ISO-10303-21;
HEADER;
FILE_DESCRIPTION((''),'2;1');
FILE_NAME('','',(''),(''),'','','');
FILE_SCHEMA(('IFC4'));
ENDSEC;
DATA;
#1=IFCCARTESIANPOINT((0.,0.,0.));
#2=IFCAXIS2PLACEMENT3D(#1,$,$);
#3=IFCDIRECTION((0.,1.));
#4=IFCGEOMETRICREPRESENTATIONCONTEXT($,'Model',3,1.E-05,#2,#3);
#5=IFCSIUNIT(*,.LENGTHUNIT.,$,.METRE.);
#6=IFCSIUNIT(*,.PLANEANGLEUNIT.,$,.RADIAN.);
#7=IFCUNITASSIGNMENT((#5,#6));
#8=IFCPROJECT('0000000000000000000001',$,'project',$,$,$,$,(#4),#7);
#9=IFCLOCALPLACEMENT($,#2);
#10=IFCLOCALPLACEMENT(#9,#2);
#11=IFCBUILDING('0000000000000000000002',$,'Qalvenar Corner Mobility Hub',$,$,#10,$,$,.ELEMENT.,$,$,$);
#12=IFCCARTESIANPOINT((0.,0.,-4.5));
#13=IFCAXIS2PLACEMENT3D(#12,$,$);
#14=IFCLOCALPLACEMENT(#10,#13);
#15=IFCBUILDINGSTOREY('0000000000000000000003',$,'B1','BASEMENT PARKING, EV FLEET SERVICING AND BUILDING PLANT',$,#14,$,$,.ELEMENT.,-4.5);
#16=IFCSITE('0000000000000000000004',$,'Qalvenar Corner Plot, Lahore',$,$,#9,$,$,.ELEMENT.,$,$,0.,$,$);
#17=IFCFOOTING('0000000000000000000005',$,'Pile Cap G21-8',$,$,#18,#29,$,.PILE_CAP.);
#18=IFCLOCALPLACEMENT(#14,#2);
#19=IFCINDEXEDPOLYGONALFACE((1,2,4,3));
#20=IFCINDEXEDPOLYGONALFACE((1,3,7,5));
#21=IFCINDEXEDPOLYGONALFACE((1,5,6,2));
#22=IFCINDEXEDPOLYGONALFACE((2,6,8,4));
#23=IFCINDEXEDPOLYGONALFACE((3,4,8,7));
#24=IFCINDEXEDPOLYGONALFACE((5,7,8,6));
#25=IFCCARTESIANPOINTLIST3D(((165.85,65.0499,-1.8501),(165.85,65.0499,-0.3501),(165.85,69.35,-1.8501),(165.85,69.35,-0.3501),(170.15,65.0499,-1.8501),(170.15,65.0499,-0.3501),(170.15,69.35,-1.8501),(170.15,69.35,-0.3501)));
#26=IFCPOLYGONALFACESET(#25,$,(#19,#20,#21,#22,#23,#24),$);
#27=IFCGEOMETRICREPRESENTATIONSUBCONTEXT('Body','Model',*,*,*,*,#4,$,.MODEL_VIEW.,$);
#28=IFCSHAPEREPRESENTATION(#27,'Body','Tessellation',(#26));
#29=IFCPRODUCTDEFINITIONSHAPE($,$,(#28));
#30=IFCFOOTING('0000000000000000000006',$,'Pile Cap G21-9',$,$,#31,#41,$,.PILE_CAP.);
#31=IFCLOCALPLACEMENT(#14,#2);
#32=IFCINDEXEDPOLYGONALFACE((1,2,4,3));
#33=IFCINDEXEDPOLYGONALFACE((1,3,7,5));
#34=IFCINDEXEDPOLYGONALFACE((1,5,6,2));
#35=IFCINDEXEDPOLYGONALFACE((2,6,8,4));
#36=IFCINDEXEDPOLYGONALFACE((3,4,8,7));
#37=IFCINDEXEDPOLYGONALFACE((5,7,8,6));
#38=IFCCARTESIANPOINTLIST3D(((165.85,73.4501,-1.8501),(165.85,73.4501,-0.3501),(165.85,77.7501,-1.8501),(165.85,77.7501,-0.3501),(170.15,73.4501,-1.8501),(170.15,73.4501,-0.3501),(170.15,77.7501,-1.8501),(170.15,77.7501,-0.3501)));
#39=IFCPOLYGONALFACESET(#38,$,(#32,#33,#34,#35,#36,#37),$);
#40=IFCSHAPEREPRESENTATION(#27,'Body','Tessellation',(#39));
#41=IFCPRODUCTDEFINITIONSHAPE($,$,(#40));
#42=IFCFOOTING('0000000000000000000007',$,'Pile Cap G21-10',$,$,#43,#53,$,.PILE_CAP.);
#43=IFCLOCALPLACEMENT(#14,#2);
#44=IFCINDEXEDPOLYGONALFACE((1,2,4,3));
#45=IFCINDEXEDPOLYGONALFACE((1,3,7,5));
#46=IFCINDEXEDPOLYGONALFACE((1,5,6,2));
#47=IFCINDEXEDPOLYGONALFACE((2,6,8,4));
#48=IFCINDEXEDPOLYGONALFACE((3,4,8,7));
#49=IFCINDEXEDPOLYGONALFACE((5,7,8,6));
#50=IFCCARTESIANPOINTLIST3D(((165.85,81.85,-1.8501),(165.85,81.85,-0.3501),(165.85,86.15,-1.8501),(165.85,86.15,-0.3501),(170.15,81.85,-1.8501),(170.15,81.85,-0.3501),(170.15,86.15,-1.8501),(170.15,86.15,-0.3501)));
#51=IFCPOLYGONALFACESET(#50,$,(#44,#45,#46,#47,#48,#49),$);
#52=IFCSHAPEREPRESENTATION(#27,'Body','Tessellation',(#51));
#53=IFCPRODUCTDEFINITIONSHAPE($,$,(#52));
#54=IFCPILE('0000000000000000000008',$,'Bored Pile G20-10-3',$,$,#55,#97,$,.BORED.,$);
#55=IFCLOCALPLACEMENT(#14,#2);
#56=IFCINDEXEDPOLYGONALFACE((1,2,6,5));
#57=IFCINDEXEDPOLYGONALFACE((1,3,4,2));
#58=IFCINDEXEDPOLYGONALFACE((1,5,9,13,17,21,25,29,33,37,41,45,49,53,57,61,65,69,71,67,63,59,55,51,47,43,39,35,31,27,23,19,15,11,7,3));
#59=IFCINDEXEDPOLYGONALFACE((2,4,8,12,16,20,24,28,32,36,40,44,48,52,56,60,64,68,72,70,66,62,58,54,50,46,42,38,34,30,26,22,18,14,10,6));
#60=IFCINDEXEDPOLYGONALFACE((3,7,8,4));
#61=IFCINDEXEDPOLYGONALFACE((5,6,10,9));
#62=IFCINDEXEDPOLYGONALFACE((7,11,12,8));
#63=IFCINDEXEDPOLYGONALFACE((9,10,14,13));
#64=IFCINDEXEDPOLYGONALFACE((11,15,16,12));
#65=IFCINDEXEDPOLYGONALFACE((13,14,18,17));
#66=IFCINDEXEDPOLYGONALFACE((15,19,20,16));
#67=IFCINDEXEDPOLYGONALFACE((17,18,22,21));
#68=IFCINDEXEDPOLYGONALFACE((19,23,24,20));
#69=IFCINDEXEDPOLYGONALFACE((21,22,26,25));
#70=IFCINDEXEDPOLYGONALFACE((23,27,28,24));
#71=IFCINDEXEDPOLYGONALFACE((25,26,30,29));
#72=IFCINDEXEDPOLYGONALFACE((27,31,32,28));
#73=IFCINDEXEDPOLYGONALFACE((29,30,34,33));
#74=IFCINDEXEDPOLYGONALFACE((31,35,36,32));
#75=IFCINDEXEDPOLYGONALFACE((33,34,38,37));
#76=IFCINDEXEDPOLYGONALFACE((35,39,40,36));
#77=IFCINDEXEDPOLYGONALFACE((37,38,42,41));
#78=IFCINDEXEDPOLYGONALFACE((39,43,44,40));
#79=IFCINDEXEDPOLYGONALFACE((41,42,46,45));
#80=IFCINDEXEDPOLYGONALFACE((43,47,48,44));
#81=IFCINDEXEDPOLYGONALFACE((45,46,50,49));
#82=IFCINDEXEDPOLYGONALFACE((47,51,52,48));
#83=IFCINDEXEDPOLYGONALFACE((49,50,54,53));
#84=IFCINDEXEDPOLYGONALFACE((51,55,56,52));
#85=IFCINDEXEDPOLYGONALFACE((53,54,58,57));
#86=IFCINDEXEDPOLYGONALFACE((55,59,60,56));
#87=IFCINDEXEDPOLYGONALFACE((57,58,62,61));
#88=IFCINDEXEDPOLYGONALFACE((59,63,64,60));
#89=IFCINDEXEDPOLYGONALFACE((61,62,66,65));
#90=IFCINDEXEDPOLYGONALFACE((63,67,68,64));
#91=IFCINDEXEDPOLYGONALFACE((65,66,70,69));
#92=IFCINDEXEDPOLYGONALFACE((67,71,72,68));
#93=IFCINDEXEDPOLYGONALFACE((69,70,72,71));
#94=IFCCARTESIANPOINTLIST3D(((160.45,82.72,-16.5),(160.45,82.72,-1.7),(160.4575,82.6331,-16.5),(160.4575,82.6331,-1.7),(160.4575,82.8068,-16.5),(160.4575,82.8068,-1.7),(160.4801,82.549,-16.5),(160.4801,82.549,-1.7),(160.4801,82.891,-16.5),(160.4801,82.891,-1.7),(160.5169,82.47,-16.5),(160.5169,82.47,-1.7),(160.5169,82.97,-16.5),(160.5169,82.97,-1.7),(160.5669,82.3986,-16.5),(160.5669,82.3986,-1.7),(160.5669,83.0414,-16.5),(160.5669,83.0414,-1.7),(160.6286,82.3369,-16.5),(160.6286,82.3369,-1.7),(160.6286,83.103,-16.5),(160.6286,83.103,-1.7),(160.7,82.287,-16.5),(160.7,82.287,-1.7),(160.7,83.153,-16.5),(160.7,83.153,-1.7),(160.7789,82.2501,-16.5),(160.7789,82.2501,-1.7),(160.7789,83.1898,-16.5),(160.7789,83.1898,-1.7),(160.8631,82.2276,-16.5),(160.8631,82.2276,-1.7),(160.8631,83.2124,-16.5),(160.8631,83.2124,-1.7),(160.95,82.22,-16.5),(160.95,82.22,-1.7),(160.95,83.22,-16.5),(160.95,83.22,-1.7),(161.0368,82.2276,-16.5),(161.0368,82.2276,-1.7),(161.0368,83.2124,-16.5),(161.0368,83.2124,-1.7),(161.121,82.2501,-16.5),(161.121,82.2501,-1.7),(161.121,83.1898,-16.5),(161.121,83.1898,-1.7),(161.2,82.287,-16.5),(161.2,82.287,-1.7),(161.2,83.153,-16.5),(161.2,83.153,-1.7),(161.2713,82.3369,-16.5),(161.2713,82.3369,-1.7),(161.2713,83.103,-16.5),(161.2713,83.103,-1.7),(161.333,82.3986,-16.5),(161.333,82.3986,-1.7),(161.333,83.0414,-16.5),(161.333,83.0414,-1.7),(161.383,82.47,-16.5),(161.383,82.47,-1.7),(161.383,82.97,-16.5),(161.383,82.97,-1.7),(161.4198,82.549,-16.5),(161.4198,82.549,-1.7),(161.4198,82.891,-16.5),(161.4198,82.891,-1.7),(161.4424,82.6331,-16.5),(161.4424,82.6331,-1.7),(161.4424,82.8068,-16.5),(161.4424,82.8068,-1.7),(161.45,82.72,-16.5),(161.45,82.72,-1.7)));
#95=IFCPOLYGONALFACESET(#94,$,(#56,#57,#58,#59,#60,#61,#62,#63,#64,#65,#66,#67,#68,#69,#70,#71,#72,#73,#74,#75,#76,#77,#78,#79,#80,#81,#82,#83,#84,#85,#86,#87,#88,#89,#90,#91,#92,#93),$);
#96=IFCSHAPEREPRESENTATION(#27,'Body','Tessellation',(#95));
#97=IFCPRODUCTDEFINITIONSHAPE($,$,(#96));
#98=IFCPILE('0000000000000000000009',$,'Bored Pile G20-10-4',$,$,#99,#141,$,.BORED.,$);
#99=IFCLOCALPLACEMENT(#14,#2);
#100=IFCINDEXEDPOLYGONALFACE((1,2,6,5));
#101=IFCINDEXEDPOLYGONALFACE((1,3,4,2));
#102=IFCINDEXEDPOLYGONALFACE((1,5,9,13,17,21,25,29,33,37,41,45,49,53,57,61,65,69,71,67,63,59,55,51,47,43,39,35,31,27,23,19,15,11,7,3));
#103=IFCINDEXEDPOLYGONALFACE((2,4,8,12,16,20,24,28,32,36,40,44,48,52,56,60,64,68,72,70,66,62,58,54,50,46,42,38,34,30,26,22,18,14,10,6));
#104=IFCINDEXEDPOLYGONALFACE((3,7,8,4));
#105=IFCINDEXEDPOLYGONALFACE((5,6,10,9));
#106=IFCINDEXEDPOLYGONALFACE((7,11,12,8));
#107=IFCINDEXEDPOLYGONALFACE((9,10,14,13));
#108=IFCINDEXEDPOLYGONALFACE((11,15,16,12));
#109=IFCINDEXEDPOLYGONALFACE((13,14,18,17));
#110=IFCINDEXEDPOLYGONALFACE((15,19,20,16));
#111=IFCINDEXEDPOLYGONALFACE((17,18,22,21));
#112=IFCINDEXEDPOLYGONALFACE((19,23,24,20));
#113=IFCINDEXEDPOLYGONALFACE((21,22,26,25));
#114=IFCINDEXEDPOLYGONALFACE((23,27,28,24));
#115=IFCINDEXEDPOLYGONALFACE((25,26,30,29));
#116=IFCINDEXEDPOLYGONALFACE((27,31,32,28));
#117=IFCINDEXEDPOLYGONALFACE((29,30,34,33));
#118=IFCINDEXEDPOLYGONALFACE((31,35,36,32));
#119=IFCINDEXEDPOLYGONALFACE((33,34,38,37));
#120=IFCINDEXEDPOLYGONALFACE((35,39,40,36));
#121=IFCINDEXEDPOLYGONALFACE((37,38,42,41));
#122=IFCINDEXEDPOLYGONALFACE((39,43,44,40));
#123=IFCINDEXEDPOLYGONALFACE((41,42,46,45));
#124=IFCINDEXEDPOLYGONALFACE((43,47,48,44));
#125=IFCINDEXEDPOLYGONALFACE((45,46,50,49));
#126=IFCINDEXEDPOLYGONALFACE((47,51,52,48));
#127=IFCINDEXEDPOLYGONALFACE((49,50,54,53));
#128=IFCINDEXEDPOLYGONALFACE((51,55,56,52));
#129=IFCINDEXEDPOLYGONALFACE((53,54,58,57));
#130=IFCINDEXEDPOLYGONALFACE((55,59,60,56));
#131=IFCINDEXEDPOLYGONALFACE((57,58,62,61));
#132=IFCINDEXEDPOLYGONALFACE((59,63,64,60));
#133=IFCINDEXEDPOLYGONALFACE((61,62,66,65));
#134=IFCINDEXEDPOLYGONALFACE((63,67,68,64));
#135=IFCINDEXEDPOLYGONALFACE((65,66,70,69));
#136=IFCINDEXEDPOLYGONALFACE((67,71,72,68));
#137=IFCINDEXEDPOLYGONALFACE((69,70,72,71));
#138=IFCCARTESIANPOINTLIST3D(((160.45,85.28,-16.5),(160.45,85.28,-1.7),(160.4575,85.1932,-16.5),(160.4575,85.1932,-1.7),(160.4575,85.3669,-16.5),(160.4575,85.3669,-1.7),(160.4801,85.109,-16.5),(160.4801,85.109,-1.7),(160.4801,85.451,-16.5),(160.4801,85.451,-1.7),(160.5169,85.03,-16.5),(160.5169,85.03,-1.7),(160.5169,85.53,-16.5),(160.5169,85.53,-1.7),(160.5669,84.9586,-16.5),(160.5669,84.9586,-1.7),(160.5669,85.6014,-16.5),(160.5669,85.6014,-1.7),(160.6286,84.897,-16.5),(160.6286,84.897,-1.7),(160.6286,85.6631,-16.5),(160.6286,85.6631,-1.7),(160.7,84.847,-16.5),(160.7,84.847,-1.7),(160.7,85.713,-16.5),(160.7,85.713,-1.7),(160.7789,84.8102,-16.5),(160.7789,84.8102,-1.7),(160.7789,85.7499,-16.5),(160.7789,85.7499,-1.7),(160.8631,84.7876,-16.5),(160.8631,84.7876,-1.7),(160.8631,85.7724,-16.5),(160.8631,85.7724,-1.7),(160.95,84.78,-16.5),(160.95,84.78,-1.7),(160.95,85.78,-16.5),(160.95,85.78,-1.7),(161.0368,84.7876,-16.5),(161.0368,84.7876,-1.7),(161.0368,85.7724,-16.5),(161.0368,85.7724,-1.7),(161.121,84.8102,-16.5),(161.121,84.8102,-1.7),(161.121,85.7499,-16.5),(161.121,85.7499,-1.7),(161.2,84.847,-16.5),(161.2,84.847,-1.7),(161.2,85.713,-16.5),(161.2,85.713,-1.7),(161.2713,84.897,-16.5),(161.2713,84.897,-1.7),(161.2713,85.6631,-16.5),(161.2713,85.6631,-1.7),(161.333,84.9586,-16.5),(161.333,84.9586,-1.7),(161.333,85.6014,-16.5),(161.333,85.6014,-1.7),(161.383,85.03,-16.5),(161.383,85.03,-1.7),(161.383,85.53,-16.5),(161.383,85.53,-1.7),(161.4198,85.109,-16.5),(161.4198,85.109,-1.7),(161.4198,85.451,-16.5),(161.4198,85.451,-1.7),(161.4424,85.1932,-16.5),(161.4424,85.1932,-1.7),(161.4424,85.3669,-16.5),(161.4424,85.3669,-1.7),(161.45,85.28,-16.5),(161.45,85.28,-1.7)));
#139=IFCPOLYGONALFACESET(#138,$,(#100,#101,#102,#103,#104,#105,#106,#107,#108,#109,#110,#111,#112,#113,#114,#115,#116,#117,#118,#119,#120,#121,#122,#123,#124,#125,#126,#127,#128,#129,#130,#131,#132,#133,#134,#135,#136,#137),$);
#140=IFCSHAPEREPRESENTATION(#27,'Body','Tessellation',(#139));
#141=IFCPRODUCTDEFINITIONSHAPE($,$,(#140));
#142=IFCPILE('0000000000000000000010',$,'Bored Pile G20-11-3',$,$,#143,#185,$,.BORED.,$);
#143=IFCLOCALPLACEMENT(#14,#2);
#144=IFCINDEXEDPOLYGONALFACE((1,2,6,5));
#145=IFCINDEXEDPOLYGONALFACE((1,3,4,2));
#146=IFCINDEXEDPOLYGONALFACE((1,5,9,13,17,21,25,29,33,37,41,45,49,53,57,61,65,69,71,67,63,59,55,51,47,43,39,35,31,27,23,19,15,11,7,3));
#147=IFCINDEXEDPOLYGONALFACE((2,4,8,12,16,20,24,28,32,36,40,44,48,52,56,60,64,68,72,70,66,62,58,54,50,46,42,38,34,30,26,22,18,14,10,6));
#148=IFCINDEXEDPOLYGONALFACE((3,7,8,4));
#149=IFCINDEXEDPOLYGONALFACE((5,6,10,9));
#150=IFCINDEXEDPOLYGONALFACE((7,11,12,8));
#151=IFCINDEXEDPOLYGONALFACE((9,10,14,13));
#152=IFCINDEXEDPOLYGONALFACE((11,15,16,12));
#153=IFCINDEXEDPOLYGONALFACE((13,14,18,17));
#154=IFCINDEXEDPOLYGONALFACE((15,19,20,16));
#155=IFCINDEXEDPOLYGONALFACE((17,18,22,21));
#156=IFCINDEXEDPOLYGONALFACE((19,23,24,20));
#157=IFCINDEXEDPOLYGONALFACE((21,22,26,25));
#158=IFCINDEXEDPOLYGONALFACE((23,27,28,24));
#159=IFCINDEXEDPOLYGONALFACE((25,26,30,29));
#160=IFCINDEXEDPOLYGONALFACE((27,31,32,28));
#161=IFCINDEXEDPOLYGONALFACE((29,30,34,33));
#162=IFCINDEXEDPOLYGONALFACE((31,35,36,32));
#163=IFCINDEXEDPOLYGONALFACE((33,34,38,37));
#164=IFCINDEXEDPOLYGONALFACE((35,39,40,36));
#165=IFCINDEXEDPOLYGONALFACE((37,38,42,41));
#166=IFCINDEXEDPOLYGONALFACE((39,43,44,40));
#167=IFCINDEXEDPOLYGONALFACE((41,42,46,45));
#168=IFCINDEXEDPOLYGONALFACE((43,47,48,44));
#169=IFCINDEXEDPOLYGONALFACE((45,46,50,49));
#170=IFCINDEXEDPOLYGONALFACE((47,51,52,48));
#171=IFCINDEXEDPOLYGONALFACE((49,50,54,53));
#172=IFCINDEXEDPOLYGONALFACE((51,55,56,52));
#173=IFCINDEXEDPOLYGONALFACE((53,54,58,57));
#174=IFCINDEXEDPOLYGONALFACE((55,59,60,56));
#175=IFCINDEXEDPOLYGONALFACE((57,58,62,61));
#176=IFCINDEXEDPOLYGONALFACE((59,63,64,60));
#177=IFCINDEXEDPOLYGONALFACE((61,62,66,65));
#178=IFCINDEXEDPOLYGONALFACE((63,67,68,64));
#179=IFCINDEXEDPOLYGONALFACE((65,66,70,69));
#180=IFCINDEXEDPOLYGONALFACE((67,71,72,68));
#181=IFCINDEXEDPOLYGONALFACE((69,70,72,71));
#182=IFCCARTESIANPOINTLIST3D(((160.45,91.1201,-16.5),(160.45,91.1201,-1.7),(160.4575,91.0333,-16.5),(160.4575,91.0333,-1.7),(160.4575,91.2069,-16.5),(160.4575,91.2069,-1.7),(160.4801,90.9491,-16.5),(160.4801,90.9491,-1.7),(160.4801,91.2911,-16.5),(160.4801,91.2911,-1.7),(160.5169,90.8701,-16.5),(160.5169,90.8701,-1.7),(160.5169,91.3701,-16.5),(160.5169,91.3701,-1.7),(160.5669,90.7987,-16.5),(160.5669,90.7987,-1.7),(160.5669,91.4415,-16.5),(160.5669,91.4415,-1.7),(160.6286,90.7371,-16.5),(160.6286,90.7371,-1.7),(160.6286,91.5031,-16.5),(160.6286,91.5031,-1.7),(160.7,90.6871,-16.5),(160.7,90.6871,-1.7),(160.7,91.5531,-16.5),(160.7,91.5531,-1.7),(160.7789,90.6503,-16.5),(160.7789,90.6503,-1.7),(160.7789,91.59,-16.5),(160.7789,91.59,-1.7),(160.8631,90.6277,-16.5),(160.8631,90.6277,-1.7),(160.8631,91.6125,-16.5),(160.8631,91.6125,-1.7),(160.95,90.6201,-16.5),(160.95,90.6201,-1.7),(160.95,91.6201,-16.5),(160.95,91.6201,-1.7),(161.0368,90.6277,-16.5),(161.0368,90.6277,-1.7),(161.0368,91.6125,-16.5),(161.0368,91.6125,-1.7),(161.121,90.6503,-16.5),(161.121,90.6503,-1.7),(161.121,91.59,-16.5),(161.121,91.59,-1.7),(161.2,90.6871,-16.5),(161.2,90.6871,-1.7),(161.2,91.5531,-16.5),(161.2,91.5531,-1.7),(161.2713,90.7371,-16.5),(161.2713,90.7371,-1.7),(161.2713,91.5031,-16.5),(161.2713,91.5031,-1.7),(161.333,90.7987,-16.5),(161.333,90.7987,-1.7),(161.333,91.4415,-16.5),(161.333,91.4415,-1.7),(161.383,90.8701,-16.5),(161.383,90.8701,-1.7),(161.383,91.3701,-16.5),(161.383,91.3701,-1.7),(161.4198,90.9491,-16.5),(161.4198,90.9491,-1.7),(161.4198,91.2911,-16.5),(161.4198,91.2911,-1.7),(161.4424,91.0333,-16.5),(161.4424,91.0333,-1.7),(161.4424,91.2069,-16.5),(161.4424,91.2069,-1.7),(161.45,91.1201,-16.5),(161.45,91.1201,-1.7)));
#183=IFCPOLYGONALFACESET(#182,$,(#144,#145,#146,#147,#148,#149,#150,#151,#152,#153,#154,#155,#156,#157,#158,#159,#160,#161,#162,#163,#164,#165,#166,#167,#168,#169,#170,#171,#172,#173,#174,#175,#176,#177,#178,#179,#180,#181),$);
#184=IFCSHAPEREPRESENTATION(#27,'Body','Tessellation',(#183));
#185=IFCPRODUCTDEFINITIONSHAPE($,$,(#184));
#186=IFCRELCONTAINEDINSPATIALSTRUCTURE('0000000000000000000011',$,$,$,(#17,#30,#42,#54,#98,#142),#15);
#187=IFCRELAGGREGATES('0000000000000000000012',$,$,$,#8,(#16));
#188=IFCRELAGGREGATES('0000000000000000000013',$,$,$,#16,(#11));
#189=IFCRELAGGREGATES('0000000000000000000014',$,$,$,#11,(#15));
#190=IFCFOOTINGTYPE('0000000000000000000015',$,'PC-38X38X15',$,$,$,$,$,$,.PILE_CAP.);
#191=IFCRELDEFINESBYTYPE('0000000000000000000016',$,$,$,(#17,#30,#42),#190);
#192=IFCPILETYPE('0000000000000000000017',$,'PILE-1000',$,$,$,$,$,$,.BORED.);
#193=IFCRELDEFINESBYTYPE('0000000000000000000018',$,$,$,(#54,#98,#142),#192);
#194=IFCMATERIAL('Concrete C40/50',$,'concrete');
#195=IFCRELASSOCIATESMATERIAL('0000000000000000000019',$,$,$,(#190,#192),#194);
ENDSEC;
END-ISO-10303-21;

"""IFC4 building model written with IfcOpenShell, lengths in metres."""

from ifc_helpers import new_model, si_unit, direction, frame, origin, origin_2d, place, context, subcontext, project, spatial, rectangle, circle, extrude, material, material_profile, profile_set, type_object, element, save


model = new_model("IFC4")

# Units and contexts
model_context = context("Model", 3, precision=1e-05, world=origin(), true_north=direction((0.0, 1.0)))
body_context = subcontext(model_context, "Body", "Model", "MODEL_VIEW")
ifc_project = project(units=[si_unit("LENGTHUNIT", "METRE"), si_unit("PLANEANGLEUNIT", "RADIAN")], contexts=[model_context])

# Site, building, storey
site_placement = place(None, origin())
site = spatial("IfcSite", under=ifc_project, at=site_placement, Name="Qalvenar Corner Plot, Lahore", CompositionType="ELEMENT", RefElevation=0.0)
building_placement = place(site_placement, origin())
building = spatial("IfcBuilding", under=site, at=building_placement, Name="Qalvenar Corner Mobility Hub", CompositionType="ELEMENT")
storey_placement = place(building_placement, frame((0.0, 0.0, -4.5)))
storey = spatial("IfcBuildingStorey", under=building, at=storey_placement, Name="B1", Description="BASEMENT PARKING, EV FLEET SERVICING AND BUILDING PLANT", CompositionType="ELEMENT", Elevation=-4.5)

# Footings
ifc_material_1 = material(Name="Concrete C40/50", Category="concrete")
footing_type_1 = type_object("IfcFootingType", Name="PC-38X38X15", PredefinedType="PILE_CAP", material=ifc_material_1)
for number, where, z_axis, x_axis, name in (
    (1, (168.0, 67.2, -1.8501), (0.0, 0.0, 1.0), (1.0, 0.0, 0.0), "Pile Cap G21-8"),
    (2, (168.0, 75.6001, -1.8501), (0.0, 0.0, 1.0), (1.0, 0.0, 0.0), "Pile Cap G21-9"),
    (3, (168.0, 84.0, -1.8501), (0.0, 0.0, 1.0), (1.0, 0.0, 0.0), "Pile Cap G21-10"),
):
    element("IfcFooting", number, at=place(storey_placement, frame(where, z_axis=z_axis, x_axis=x_axis)), inside=storey, type_object=footing_type_1, Name=name, PredefinedType="PILE_CAP", context=body_context, shape_type="SweptSolid", body=[
        extrude(rectangle(XDim=4.3, YDim=4.3, at=origin_2d()), origin(), (0.0, 0.0, 1.0), 1.5),
    ])

# Piles
ifc_material_profile_1 = material_profile(ifc_material_1, circle(Radius=0.5, at=origin_2d()), Name="DIA1000")
ifc_profile_set_1 = profile_set([ifc_material_profile_1], Name="Concrete C40/50")
pile_type = type_object("IfcPileType", Name="PILE-1000", PredefinedType="BORED", material=ifc_profile_set_1)
for number, where, z_axis, x_axis, name in (
    (4, (160.95, 82.72, -1.7), (0.0, 0.0, -1.0), (1.0, 0.0, 0.0), "Bored Pile G20-10-3"),
    (5, (160.95, 85.28, -1.7), (0.0, 0.0, -1.0), (1.0, 0.0, 0.0), "Bored Pile G20-10-4"),
    (6, (160.95, 91.1201, -1.7), (0.0, 0.0, -1.0), (1.0, 0.0, 0.0), "Bored Pile G20-11-3"),
):
    element("IfcPile", number, at=place(storey_placement, frame(where, z_axis=z_axis, x_axis=x_axis)), inside=storey, type_object=pile_type, Name=name, PredefinedType="BORED", context=body_context, shape_type="SweptSolid", body=[
        extrude(circle(Radius=0.5, at=origin_2d()), origin(), (0.0, 0.0, 1.0), 14.8),
    ])

save(model, "model.ifc")
